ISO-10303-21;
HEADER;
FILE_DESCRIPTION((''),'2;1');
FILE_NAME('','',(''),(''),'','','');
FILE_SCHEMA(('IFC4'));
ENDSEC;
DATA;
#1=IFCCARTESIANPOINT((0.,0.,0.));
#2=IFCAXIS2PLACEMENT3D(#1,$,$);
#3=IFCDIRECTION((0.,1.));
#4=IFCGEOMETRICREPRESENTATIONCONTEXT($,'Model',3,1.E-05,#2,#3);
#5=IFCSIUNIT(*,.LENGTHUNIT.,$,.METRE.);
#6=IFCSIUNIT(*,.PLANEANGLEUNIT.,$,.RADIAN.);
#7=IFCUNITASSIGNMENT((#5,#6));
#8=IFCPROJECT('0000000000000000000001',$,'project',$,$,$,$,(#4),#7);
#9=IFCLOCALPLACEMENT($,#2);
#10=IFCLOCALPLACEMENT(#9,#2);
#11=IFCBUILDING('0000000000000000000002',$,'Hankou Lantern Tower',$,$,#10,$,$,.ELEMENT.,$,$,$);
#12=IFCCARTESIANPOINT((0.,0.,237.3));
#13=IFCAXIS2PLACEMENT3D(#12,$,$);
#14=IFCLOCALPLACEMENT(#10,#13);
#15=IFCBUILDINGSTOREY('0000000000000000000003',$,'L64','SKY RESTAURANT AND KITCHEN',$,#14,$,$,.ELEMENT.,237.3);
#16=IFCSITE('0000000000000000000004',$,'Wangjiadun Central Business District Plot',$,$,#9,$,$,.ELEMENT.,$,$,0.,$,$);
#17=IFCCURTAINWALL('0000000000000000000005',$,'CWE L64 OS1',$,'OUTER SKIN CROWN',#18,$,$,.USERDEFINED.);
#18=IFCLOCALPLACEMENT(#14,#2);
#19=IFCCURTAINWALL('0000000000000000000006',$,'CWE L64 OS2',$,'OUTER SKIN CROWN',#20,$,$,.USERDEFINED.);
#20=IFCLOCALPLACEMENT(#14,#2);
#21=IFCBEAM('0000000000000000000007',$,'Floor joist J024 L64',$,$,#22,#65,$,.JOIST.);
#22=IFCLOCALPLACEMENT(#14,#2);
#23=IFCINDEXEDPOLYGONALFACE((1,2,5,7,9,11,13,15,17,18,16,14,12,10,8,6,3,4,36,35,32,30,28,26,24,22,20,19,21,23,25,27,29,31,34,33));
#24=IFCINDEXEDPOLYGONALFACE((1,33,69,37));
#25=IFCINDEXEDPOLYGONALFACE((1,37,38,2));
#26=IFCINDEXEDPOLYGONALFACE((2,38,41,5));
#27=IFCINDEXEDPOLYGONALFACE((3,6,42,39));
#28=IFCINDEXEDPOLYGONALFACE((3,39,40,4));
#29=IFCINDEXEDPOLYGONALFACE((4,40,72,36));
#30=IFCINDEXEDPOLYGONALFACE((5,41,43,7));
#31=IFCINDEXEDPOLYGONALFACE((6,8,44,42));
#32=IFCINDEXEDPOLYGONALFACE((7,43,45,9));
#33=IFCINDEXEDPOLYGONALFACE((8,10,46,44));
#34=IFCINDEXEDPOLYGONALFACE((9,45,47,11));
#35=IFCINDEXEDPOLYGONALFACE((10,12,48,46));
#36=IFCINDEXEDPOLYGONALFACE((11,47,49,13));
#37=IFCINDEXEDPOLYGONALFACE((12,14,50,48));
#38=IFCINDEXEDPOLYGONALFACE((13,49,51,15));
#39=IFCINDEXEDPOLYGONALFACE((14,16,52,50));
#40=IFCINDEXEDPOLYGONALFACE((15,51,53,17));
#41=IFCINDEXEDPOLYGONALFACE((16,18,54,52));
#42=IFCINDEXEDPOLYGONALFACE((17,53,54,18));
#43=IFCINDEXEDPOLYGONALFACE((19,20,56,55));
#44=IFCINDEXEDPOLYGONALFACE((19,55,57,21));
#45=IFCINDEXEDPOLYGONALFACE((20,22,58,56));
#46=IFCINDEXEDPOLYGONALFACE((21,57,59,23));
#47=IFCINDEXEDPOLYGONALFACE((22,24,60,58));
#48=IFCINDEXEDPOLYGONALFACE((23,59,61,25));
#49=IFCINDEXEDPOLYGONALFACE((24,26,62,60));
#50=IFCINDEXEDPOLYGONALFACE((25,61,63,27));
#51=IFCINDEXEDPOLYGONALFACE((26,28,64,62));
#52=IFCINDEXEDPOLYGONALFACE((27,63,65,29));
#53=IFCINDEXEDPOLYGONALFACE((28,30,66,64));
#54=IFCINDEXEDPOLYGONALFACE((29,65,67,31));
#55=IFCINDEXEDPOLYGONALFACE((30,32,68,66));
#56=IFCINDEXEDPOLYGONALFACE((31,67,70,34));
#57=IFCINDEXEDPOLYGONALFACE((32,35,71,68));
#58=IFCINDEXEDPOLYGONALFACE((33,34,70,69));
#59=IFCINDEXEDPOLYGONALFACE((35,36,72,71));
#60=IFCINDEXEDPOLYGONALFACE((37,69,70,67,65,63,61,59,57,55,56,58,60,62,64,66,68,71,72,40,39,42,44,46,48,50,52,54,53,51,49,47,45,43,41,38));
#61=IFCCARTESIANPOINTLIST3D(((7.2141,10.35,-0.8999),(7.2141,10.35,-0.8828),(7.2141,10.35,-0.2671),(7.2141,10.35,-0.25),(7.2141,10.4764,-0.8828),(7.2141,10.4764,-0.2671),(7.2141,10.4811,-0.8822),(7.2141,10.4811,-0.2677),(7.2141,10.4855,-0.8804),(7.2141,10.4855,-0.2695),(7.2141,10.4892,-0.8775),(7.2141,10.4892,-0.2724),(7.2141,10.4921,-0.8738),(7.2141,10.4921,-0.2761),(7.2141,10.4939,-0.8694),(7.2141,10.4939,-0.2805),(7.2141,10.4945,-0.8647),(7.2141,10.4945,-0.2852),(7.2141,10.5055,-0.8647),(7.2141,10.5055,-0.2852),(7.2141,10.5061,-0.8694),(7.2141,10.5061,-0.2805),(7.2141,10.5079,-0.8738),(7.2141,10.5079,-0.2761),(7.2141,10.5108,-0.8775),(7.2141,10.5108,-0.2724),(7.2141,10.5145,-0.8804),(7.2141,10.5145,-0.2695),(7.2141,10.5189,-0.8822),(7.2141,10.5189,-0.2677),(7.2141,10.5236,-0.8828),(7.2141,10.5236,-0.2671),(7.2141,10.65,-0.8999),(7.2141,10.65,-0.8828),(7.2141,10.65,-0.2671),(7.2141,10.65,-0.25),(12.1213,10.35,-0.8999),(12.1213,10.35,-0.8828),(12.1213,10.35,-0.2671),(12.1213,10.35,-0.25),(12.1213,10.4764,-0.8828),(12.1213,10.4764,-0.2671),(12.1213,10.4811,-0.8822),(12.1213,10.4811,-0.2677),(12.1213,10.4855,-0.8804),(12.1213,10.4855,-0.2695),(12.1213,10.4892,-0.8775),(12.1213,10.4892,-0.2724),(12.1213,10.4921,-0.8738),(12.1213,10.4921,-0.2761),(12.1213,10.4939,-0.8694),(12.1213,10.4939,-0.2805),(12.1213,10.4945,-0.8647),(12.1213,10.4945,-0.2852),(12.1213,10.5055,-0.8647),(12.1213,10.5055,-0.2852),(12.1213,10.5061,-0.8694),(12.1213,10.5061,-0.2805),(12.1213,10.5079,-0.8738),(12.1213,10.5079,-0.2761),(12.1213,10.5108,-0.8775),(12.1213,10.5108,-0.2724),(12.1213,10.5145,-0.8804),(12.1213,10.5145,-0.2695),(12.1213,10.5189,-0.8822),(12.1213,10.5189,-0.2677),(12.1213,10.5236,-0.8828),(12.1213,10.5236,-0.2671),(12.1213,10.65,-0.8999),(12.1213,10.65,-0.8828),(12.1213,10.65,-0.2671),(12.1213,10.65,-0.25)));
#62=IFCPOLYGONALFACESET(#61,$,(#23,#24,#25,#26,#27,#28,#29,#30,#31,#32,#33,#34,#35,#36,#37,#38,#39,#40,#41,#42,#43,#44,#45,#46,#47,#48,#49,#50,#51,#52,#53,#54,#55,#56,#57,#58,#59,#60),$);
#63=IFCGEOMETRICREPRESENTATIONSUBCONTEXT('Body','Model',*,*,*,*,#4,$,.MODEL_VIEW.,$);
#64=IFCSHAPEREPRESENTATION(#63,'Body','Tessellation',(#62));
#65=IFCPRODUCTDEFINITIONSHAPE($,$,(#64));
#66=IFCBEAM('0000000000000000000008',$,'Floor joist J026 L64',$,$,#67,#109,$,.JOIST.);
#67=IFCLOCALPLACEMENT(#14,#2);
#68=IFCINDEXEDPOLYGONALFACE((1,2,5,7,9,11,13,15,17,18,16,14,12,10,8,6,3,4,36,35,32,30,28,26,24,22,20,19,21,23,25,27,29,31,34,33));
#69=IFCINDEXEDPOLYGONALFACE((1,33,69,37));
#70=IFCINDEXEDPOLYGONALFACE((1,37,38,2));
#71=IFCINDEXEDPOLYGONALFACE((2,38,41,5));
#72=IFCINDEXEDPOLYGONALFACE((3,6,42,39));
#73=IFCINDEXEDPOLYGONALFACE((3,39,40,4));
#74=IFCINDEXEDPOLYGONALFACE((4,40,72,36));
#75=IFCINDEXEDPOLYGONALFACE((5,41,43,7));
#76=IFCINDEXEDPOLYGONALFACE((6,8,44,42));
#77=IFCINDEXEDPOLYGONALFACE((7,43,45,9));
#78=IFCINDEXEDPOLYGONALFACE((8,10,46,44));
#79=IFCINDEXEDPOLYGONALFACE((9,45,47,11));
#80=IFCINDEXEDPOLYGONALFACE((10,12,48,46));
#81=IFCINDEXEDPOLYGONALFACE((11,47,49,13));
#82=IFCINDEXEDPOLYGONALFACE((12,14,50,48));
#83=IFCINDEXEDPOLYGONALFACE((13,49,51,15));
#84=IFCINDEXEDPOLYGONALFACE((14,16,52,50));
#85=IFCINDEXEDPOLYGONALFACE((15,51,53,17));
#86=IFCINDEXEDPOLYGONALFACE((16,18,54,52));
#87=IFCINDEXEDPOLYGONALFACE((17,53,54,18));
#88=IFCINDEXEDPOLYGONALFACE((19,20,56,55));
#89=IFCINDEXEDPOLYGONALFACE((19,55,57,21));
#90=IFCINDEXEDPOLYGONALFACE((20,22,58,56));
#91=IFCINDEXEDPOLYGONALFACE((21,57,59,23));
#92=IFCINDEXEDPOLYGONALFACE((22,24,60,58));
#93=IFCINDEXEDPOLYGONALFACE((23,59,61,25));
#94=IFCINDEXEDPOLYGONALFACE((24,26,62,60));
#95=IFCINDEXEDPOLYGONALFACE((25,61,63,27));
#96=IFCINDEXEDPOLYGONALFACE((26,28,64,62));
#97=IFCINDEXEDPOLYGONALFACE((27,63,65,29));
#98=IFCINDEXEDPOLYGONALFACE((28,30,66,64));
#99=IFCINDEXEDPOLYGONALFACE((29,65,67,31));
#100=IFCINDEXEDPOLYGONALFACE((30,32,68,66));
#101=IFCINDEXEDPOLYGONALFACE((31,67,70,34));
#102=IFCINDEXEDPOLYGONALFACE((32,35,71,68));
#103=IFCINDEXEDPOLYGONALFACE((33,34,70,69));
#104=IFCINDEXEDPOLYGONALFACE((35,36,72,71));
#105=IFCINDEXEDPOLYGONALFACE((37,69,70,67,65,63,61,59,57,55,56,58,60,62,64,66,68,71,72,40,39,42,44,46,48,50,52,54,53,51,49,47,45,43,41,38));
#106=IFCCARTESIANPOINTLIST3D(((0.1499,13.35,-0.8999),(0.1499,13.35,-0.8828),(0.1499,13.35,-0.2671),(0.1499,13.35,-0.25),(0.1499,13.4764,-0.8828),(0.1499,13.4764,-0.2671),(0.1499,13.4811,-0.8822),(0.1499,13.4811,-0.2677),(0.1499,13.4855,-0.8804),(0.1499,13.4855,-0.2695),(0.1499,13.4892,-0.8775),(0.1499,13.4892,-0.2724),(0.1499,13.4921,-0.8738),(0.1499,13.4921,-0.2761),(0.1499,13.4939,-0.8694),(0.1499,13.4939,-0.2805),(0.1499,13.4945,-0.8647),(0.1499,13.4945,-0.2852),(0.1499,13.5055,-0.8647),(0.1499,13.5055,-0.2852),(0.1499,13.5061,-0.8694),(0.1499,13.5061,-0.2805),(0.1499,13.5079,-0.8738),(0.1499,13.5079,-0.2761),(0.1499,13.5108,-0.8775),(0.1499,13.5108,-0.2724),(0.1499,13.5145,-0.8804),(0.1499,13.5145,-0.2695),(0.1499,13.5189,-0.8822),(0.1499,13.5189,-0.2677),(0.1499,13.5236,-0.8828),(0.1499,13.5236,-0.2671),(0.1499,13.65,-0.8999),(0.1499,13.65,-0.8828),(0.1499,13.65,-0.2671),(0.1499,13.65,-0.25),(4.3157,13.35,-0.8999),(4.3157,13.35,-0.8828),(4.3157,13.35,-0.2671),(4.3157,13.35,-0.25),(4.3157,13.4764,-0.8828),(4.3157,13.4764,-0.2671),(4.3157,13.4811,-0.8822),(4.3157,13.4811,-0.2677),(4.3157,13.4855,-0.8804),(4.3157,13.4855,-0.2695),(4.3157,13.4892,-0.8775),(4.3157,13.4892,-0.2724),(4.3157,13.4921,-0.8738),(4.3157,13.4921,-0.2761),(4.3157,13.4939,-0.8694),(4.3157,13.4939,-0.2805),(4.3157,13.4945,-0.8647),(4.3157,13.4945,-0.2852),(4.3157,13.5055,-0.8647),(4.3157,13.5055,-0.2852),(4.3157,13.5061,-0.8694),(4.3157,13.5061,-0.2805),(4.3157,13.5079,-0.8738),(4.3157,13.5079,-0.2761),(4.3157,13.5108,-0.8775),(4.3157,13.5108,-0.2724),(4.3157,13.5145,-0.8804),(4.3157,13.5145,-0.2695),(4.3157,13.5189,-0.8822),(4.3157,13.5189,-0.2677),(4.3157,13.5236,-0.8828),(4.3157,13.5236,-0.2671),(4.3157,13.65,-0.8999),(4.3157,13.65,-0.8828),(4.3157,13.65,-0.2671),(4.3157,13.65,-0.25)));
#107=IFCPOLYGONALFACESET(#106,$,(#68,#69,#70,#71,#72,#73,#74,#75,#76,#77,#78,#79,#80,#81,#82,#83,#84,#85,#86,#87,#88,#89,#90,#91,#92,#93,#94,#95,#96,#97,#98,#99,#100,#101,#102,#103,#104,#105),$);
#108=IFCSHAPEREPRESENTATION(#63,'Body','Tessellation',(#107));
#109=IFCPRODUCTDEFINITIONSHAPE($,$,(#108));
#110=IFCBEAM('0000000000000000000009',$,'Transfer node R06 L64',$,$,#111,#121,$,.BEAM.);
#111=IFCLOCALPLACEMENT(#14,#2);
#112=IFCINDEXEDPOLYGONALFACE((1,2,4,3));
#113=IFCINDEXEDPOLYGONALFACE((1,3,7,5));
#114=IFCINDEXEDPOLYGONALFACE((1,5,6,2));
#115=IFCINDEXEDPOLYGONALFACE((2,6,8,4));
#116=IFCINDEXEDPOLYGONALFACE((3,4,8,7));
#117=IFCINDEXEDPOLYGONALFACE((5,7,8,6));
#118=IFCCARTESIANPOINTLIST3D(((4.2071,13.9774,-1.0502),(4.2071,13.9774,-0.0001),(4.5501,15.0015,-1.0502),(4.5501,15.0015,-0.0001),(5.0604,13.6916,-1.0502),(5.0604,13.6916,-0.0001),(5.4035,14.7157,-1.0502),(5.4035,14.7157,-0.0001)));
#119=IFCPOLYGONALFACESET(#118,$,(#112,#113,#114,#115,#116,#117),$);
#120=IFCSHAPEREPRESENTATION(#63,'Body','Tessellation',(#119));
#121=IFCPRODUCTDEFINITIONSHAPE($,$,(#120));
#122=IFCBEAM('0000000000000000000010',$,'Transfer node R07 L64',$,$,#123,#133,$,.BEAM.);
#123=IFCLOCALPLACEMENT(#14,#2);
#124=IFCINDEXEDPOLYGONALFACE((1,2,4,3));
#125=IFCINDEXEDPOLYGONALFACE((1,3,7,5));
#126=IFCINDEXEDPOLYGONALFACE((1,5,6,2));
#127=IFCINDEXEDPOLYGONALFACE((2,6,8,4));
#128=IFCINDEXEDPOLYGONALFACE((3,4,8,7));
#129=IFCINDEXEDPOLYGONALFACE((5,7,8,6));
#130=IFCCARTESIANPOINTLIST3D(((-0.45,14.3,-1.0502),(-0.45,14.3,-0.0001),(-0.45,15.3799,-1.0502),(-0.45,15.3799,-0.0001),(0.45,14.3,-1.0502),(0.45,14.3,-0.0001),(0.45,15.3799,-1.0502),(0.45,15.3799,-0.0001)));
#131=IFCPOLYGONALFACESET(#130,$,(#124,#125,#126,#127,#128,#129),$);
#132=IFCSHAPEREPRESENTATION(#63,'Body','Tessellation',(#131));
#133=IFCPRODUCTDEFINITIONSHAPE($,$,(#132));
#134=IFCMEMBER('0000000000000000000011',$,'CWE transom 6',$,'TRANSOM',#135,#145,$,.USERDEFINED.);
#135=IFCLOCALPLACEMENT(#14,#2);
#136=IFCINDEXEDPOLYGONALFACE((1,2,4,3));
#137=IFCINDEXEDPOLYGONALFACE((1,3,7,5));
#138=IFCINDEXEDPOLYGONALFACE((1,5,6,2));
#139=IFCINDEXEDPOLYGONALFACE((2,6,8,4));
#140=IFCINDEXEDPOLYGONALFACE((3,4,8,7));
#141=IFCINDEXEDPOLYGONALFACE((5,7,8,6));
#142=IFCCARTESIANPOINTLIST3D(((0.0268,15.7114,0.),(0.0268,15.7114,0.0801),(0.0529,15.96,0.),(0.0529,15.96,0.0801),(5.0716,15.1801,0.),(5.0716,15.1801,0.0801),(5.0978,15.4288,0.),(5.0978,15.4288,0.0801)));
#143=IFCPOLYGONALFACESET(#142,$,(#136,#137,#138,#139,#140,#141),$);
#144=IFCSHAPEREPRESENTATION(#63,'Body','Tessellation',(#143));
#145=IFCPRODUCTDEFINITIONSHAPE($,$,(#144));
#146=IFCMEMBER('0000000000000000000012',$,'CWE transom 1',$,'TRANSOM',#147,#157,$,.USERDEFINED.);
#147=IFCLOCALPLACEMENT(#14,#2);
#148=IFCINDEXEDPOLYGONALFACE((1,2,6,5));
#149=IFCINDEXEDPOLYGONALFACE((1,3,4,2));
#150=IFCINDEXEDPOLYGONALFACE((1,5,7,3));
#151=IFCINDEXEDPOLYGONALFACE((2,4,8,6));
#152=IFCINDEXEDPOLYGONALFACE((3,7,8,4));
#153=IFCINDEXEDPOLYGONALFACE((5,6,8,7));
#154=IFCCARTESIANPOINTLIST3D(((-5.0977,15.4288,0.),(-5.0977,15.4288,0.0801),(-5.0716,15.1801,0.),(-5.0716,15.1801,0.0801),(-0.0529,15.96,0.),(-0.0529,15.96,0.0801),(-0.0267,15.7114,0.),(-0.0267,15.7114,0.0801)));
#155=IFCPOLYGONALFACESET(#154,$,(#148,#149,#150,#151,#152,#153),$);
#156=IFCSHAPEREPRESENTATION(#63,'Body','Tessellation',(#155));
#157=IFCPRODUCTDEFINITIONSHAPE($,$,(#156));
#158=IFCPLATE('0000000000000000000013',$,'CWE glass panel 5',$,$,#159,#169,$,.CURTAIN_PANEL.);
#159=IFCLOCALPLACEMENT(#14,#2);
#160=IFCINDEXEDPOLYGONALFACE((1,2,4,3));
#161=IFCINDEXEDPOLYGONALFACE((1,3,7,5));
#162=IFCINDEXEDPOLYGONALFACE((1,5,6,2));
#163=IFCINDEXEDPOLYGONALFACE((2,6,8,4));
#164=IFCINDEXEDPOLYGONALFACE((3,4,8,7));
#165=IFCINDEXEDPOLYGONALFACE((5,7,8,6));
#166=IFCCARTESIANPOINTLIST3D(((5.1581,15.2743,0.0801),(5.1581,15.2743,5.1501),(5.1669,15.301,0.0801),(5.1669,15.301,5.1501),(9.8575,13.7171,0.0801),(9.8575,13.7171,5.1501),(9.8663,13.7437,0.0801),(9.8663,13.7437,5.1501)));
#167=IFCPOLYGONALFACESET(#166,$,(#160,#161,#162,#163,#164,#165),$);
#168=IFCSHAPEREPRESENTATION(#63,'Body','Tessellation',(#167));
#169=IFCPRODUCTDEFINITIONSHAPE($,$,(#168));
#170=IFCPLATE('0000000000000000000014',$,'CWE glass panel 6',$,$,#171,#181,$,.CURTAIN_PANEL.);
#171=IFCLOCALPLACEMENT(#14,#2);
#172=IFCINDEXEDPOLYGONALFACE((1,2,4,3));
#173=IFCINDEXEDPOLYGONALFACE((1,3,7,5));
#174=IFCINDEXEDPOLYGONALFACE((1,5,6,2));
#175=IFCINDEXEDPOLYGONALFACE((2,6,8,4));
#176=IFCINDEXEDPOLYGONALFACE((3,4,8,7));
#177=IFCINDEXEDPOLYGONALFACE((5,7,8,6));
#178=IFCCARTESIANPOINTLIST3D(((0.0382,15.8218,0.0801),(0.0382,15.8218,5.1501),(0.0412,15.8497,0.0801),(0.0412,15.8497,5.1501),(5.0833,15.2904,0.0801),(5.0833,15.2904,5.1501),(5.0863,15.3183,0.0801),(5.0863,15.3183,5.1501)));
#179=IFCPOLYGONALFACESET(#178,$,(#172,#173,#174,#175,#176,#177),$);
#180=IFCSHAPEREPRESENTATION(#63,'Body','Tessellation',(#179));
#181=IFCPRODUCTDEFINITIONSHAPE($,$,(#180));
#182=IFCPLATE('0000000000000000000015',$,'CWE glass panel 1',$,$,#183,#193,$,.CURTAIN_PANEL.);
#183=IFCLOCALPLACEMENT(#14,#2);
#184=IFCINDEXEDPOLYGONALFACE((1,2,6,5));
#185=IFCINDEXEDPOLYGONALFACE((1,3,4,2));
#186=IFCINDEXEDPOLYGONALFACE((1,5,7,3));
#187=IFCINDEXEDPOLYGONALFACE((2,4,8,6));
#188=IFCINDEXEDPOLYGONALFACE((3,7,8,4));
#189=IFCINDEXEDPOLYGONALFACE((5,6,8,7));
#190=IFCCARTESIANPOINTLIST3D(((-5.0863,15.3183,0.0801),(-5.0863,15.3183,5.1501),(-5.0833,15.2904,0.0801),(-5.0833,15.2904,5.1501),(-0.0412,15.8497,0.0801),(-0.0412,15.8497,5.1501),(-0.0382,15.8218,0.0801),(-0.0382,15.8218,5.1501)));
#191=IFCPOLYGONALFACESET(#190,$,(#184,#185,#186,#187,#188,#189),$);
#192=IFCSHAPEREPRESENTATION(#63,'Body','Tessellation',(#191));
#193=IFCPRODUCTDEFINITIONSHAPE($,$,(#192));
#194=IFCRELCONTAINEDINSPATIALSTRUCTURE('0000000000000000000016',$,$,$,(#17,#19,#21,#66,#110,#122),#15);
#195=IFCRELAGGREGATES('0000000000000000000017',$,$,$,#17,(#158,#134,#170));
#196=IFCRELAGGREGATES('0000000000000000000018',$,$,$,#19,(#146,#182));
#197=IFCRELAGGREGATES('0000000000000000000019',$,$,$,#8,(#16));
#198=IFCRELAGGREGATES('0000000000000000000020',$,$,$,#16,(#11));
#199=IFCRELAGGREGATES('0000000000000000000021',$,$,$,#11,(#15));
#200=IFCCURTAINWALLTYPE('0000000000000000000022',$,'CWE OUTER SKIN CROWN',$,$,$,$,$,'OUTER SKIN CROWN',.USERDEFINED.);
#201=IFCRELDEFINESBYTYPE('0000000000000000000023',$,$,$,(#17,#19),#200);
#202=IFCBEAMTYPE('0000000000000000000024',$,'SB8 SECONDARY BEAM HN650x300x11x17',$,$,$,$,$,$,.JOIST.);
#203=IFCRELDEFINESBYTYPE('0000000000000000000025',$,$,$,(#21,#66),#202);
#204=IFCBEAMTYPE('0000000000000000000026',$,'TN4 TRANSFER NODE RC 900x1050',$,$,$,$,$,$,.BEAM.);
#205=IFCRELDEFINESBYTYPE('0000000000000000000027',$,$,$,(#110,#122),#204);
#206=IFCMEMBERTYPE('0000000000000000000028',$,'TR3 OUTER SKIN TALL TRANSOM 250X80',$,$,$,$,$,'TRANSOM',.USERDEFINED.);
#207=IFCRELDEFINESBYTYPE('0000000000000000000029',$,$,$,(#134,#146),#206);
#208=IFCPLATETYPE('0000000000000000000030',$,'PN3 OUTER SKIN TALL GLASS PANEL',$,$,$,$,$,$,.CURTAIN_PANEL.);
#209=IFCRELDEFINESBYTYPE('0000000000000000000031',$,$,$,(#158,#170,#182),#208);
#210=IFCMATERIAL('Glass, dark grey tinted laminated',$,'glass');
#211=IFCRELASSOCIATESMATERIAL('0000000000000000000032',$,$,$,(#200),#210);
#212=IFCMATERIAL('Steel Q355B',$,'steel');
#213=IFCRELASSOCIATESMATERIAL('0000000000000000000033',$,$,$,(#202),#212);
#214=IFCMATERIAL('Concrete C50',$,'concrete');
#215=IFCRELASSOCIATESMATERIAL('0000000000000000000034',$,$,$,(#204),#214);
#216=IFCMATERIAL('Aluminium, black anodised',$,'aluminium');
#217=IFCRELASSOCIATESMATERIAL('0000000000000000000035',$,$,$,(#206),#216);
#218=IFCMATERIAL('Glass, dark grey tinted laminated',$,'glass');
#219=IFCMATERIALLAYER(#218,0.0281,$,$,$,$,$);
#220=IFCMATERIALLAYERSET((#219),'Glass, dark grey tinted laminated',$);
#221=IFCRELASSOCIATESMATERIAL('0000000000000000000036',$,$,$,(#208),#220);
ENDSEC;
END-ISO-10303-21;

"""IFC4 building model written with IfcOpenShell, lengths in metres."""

from ifc_helpers import new_model, si_unit, direction, frame, origin, origin_2d, place, context, subcontext, project, spatial, rectangle, i_section, extrude, material, layer, layer_set, material_profile, profile_set, type_object, element, aggregate, save


model = new_model("IFC4")

# Units and contexts
model_context = context("Model", 3, precision=1e-05, world=origin(), true_north=direction((0.0, 1.0)))
body_context = subcontext(model_context, "Body", "Model", "MODEL_VIEW")
ifc_project = project(units=[si_unit("LENGTHUNIT", "METRE"), si_unit("PLANEANGLEUNIT", "RADIAN")], contexts=[model_context])

# Site, building, storey
site_placement = place(None, origin())
site = spatial("IfcSite", under=ifc_project, at=site_placement, Name="Wangjiadun Central Business District Plot", CompositionType="ELEMENT", RefElevation=0.0)
building_placement = place(site_placement, origin())
building = spatial("IfcBuilding", under=site, at=building_placement, Name="Hankou Lantern Tower", CompositionType="ELEMENT")
storey_placement = place(building_placement, frame((0.0, 0.0, 237.3)))
storey = spatial("IfcBuildingStorey", under=building, at=storey_placement, Name="L64", Description="SKY RESTAURANT AND KITCHEN", CompositionType="ELEMENT", Elevation=237.3)

# Curtain walls
ifc_material_1 = material(Name="Glass, dark grey tinted laminated", Category="glass")
curtain_wall_type = type_object("IfcCurtainWallType", Name="CWE OUTER SKIN CROWN", ElementType="OUTER SKIN CROWN", PredefinedType="USERDEFINED", material=ifc_material_1)
curtain_wall_1_placement = place(storey_placement, origin())
curtain_wall_1 = element("IfcCurtainWall", 1, at=curtain_wall_1_placement, inside=storey, type_object=curtain_wall_type, Name="CWE L64 OS1", ObjectType="OUTER SKIN CROWN", PredefinedType="USERDEFINED")
curtain_wall_2_placement = place(storey_placement, origin())
curtain_wall_2 = element("IfcCurtainWall", 2, at=curtain_wall_2_placement, inside=storey, type_object=curtain_wall_type, Name="CWE L64 OS2", ObjectType="OUTER SKIN CROWN", PredefinedType="USERDEFINED")

# Beams
ifc_material_2 = material(Name="Steel Q355B", Category="steel")
ifc_material_profile_1 = material_profile(ifc_material_2, i_section(OverallWidth=0.3, OverallDepth=0.6499, WebThickness=0.011, FlangeThickness=0.0171, FilletRadius=0.0181, at=origin_2d()), Name="HN650x300x11x17")
ifc_profile_set_1 = profile_set([ifc_material_profile_1], Name="Steel Q355B")
beam_type_1 = type_object("IfcBeamType", Name="SB8 SECONDARY BEAM HN650x300x11x17", PredefinedType="JOIST", material=ifc_profile_set_1)
beam_1_placement = place(storey_placement, frame((7.2141, 10.5, -0.575), z_axis=(1.0, 0.0, 0.0), x_axis=(0.0, 1.0, 0.0)))
element("IfcBeam", 3, at=beam_1_placement, inside=storey, type_object=beam_type_1, Name="Floor joist J024 L64", PredefinedType="JOIST", context=body_context, shape_type="SweptSolid", body=[
    extrude(i_section(OverallWidth=0.3, OverallDepth=0.6499, WebThickness=0.011, FlangeThickness=0.0171, FilletRadius=0.0181, at=origin_2d()), origin(), (0.0, 0.0, 1.0), 4.9072),
])
beam_2_placement = place(storey_placement, frame((0.1499, 13.5, -0.575), z_axis=(1.0, 0.0, 0.0), x_axis=(0.0, 1.0, 0.0)))
element("IfcBeam", 4, at=beam_2_placement, inside=storey, type_object=beam_type_1, Name="Floor joist J026 L64", PredefinedType="JOIST", context=body_context, shape_type="SweptSolid", body=[
    extrude(i_section(OverallWidth=0.3, OverallDepth=0.6499, WebThickness=0.011, FlangeThickness=0.0171, FilletRadius=0.0181, at=origin_2d()), origin(), (0.0, 0.0, 1.0), 4.1658),
])
ifc_material_3 = material(Name="Concrete C50", Category="concrete")
ifc_material_profile_2 = material_profile(ifc_material_3, rectangle(XDim=0.8999, YDim=1.05, at=origin_2d()), Name="RC 900x1050")
ifc_profile_set_2 = profile_set([ifc_material_profile_2], Name="Concrete C50")
beam_type_2 = type_object("IfcBeamType", Name="TN4 TRANSFER NODE RC 900x1050", PredefinedType="BEAM", material=ifc_profile_set_2)
beam_3_placement = place(storey_placement, frame((4.9768, 14.8586, -0.5251), z_axis=(-0.317584, -0.94823, 0.0), x_axis=(0.94823, -0.317584, 0.0)))
element("IfcBeam", 5, at=beam_3_placement, inside=storey, type_object=beam_type_2, Name="Transfer node R06 L64", PredefinedType="BEAM", context=body_context, shape_type="SweptSolid", body=[
    extrude(rectangle(XDim=0.8999, YDim=1.05, at=origin_2d()), origin(), (0.0, 0.0, 1.0), 1.0801),
])
beam_4_placement = place(storey_placement, frame((0.0, 15.3799, -0.5251), z_axis=(0.0, -1.0, 0.0), x_axis=(1.0, 0.0, 0.0)))
element("IfcBeam", 6, at=beam_4_placement, inside=storey, type_object=beam_type_2, Name="Transfer node R07 L64", PredefinedType="BEAM", context=body_context, shape_type="SweptSolid", body=[
    extrude(rectangle(XDim=0.8999, YDim=1.05, at=origin_2d()), origin(), (0.0, 0.0, 1.0), 1.0798),
])

# Members
ifc_material_4 = material(Name="Aluminium, black anodised", Category="aluminium")
ifc_material_profile_3 = material_profile(ifc_material_4, rectangle(XDim=0.25, YDim=0.0801, at=origin_2d()), Name="TR3 250X80")
ifc_profile_set_3 = profile_set([ifc_material_profile_3], Name="Aluminium, black anodised")
member_type_1 = type_object("IfcMemberType", Name="TR3 OUTER SKIN TALL TRANSOM 250X80", ElementType="TRANSOM", PredefinedType="USERDEFINED", material=ifc_profile_set_3)
member_1_placement = place(storey_placement, frame((5.0847, 15.3044, 0.04), z_axis=(-0.994501, 0.104725, 0.0), x_axis=(-0.104725, -0.994501, 0.0)))
member_1 = element("IfcMember", 7, at=member_1_placement, type_object=member_type_1, Name="CWE transom 6", ObjectType="TRANSOM", PredefinedType="USERDEFINED", context=body_context, shape_type="SweptSolid", body=[
    extrude(rectangle(XDim=0.25, YDim=0.0801, at=origin_2d()), origin(), (0.0, 0.0, 1.0), 5.0728),
])
member_2_placement = place(storey_placement, frame((-0.0398, 15.8357, 0.04), z_axis=(-0.994501, -0.104725, 0.0), x_axis=(0.104725, -0.994501, 0.0)))
member_2 = element("IfcMember", 8, at=member_2_placement, type_object=member_type_1, Name="CWE transom 1", ObjectType="TRANSOM", PredefinedType="USERDEFINED", context=body_context, shape_type="SweptSolid", body=[
    extrude(rectangle(XDim=0.25, YDim=0.0801, at=origin_2d()), origin(), (0.0, 0.0, 1.0), 5.0728),
])

# Plates
ifc_material_5 = material(Name="Glass, dark grey tinted laminated", Category="glass")
ifc_layer_1 = layer(ifc_material_5, 0.0281)
ifc_layer_set_1 = layer_set([ifc_layer_1], Name="Glass, dark grey tinted laminated")
plate_type = type_object("IfcPlateType", Name="PN3 OUTER SKIN TALL GLASS PANEL", PredefinedType="CURTAIN_PANEL", material=ifc_layer_set_1)
plate_1_placement = place(storey_placement, frame((7.5122, 14.509, 0.0801), z_axis=(0.0, 0.0, 1.0), x_axis=(-0.949241, 0.314551, 0.0)))
plate_1 = element("IfcPlate", 9, at=plate_1_placement, type_object=plate_type, Name="CWE glass panel 5", PredefinedType="CURTAIN_PANEL", context=body_context, shape_type="SweptSolid", body=[
    extrude(rectangle(XDim=4.9507, YDim=0.0281, at=origin_2d()), origin(), (0.0, 0.0, 1.0), 5.0701),
])
plate_2_placement = place(storey_placement, frame((2.5623, 15.5701, 0.0801), z_axis=(0.0, 0.0, 1.0), x_axis=(-0.994499, 0.104743, 0.0)))
plate_2 = element("IfcPlate", 10, at=plate_2_placement, type_object=plate_type, Name="CWE glass panel 6", PredefinedType="CURTAIN_PANEL", context=body_context, shape_type="SweptSolid", body=[
    extrude(rectangle(XDim=5.073, YDim=0.0281, at=origin_2d()), origin(), (0.0, 0.0, 1.0), 5.0701),
])
aggregate(curtain_wall_1, [plate_1, member_1, plate_2])
plate_3_placement = place(storey_placement, frame((-2.5623, 15.5701, 0.0801), z_axis=(0.0, 0.0, 1.0), x_axis=(-0.994499, -0.104743, 0.0)))
plate_3 = element("IfcPlate", 11, at=plate_3_placement, type_object=plate_type, Name="CWE glass panel 1", PredefinedType="CURTAIN_PANEL", context=body_context, shape_type="SweptSolid", body=[
    extrude(rectangle(XDim=5.073, YDim=0.0281, at=origin_2d()), origin(), (0.0, 0.0, 1.0), 5.0701),
])
aggregate(curtain_wall_2, [member_2, plate_3])

save(model, "model.ifc")
